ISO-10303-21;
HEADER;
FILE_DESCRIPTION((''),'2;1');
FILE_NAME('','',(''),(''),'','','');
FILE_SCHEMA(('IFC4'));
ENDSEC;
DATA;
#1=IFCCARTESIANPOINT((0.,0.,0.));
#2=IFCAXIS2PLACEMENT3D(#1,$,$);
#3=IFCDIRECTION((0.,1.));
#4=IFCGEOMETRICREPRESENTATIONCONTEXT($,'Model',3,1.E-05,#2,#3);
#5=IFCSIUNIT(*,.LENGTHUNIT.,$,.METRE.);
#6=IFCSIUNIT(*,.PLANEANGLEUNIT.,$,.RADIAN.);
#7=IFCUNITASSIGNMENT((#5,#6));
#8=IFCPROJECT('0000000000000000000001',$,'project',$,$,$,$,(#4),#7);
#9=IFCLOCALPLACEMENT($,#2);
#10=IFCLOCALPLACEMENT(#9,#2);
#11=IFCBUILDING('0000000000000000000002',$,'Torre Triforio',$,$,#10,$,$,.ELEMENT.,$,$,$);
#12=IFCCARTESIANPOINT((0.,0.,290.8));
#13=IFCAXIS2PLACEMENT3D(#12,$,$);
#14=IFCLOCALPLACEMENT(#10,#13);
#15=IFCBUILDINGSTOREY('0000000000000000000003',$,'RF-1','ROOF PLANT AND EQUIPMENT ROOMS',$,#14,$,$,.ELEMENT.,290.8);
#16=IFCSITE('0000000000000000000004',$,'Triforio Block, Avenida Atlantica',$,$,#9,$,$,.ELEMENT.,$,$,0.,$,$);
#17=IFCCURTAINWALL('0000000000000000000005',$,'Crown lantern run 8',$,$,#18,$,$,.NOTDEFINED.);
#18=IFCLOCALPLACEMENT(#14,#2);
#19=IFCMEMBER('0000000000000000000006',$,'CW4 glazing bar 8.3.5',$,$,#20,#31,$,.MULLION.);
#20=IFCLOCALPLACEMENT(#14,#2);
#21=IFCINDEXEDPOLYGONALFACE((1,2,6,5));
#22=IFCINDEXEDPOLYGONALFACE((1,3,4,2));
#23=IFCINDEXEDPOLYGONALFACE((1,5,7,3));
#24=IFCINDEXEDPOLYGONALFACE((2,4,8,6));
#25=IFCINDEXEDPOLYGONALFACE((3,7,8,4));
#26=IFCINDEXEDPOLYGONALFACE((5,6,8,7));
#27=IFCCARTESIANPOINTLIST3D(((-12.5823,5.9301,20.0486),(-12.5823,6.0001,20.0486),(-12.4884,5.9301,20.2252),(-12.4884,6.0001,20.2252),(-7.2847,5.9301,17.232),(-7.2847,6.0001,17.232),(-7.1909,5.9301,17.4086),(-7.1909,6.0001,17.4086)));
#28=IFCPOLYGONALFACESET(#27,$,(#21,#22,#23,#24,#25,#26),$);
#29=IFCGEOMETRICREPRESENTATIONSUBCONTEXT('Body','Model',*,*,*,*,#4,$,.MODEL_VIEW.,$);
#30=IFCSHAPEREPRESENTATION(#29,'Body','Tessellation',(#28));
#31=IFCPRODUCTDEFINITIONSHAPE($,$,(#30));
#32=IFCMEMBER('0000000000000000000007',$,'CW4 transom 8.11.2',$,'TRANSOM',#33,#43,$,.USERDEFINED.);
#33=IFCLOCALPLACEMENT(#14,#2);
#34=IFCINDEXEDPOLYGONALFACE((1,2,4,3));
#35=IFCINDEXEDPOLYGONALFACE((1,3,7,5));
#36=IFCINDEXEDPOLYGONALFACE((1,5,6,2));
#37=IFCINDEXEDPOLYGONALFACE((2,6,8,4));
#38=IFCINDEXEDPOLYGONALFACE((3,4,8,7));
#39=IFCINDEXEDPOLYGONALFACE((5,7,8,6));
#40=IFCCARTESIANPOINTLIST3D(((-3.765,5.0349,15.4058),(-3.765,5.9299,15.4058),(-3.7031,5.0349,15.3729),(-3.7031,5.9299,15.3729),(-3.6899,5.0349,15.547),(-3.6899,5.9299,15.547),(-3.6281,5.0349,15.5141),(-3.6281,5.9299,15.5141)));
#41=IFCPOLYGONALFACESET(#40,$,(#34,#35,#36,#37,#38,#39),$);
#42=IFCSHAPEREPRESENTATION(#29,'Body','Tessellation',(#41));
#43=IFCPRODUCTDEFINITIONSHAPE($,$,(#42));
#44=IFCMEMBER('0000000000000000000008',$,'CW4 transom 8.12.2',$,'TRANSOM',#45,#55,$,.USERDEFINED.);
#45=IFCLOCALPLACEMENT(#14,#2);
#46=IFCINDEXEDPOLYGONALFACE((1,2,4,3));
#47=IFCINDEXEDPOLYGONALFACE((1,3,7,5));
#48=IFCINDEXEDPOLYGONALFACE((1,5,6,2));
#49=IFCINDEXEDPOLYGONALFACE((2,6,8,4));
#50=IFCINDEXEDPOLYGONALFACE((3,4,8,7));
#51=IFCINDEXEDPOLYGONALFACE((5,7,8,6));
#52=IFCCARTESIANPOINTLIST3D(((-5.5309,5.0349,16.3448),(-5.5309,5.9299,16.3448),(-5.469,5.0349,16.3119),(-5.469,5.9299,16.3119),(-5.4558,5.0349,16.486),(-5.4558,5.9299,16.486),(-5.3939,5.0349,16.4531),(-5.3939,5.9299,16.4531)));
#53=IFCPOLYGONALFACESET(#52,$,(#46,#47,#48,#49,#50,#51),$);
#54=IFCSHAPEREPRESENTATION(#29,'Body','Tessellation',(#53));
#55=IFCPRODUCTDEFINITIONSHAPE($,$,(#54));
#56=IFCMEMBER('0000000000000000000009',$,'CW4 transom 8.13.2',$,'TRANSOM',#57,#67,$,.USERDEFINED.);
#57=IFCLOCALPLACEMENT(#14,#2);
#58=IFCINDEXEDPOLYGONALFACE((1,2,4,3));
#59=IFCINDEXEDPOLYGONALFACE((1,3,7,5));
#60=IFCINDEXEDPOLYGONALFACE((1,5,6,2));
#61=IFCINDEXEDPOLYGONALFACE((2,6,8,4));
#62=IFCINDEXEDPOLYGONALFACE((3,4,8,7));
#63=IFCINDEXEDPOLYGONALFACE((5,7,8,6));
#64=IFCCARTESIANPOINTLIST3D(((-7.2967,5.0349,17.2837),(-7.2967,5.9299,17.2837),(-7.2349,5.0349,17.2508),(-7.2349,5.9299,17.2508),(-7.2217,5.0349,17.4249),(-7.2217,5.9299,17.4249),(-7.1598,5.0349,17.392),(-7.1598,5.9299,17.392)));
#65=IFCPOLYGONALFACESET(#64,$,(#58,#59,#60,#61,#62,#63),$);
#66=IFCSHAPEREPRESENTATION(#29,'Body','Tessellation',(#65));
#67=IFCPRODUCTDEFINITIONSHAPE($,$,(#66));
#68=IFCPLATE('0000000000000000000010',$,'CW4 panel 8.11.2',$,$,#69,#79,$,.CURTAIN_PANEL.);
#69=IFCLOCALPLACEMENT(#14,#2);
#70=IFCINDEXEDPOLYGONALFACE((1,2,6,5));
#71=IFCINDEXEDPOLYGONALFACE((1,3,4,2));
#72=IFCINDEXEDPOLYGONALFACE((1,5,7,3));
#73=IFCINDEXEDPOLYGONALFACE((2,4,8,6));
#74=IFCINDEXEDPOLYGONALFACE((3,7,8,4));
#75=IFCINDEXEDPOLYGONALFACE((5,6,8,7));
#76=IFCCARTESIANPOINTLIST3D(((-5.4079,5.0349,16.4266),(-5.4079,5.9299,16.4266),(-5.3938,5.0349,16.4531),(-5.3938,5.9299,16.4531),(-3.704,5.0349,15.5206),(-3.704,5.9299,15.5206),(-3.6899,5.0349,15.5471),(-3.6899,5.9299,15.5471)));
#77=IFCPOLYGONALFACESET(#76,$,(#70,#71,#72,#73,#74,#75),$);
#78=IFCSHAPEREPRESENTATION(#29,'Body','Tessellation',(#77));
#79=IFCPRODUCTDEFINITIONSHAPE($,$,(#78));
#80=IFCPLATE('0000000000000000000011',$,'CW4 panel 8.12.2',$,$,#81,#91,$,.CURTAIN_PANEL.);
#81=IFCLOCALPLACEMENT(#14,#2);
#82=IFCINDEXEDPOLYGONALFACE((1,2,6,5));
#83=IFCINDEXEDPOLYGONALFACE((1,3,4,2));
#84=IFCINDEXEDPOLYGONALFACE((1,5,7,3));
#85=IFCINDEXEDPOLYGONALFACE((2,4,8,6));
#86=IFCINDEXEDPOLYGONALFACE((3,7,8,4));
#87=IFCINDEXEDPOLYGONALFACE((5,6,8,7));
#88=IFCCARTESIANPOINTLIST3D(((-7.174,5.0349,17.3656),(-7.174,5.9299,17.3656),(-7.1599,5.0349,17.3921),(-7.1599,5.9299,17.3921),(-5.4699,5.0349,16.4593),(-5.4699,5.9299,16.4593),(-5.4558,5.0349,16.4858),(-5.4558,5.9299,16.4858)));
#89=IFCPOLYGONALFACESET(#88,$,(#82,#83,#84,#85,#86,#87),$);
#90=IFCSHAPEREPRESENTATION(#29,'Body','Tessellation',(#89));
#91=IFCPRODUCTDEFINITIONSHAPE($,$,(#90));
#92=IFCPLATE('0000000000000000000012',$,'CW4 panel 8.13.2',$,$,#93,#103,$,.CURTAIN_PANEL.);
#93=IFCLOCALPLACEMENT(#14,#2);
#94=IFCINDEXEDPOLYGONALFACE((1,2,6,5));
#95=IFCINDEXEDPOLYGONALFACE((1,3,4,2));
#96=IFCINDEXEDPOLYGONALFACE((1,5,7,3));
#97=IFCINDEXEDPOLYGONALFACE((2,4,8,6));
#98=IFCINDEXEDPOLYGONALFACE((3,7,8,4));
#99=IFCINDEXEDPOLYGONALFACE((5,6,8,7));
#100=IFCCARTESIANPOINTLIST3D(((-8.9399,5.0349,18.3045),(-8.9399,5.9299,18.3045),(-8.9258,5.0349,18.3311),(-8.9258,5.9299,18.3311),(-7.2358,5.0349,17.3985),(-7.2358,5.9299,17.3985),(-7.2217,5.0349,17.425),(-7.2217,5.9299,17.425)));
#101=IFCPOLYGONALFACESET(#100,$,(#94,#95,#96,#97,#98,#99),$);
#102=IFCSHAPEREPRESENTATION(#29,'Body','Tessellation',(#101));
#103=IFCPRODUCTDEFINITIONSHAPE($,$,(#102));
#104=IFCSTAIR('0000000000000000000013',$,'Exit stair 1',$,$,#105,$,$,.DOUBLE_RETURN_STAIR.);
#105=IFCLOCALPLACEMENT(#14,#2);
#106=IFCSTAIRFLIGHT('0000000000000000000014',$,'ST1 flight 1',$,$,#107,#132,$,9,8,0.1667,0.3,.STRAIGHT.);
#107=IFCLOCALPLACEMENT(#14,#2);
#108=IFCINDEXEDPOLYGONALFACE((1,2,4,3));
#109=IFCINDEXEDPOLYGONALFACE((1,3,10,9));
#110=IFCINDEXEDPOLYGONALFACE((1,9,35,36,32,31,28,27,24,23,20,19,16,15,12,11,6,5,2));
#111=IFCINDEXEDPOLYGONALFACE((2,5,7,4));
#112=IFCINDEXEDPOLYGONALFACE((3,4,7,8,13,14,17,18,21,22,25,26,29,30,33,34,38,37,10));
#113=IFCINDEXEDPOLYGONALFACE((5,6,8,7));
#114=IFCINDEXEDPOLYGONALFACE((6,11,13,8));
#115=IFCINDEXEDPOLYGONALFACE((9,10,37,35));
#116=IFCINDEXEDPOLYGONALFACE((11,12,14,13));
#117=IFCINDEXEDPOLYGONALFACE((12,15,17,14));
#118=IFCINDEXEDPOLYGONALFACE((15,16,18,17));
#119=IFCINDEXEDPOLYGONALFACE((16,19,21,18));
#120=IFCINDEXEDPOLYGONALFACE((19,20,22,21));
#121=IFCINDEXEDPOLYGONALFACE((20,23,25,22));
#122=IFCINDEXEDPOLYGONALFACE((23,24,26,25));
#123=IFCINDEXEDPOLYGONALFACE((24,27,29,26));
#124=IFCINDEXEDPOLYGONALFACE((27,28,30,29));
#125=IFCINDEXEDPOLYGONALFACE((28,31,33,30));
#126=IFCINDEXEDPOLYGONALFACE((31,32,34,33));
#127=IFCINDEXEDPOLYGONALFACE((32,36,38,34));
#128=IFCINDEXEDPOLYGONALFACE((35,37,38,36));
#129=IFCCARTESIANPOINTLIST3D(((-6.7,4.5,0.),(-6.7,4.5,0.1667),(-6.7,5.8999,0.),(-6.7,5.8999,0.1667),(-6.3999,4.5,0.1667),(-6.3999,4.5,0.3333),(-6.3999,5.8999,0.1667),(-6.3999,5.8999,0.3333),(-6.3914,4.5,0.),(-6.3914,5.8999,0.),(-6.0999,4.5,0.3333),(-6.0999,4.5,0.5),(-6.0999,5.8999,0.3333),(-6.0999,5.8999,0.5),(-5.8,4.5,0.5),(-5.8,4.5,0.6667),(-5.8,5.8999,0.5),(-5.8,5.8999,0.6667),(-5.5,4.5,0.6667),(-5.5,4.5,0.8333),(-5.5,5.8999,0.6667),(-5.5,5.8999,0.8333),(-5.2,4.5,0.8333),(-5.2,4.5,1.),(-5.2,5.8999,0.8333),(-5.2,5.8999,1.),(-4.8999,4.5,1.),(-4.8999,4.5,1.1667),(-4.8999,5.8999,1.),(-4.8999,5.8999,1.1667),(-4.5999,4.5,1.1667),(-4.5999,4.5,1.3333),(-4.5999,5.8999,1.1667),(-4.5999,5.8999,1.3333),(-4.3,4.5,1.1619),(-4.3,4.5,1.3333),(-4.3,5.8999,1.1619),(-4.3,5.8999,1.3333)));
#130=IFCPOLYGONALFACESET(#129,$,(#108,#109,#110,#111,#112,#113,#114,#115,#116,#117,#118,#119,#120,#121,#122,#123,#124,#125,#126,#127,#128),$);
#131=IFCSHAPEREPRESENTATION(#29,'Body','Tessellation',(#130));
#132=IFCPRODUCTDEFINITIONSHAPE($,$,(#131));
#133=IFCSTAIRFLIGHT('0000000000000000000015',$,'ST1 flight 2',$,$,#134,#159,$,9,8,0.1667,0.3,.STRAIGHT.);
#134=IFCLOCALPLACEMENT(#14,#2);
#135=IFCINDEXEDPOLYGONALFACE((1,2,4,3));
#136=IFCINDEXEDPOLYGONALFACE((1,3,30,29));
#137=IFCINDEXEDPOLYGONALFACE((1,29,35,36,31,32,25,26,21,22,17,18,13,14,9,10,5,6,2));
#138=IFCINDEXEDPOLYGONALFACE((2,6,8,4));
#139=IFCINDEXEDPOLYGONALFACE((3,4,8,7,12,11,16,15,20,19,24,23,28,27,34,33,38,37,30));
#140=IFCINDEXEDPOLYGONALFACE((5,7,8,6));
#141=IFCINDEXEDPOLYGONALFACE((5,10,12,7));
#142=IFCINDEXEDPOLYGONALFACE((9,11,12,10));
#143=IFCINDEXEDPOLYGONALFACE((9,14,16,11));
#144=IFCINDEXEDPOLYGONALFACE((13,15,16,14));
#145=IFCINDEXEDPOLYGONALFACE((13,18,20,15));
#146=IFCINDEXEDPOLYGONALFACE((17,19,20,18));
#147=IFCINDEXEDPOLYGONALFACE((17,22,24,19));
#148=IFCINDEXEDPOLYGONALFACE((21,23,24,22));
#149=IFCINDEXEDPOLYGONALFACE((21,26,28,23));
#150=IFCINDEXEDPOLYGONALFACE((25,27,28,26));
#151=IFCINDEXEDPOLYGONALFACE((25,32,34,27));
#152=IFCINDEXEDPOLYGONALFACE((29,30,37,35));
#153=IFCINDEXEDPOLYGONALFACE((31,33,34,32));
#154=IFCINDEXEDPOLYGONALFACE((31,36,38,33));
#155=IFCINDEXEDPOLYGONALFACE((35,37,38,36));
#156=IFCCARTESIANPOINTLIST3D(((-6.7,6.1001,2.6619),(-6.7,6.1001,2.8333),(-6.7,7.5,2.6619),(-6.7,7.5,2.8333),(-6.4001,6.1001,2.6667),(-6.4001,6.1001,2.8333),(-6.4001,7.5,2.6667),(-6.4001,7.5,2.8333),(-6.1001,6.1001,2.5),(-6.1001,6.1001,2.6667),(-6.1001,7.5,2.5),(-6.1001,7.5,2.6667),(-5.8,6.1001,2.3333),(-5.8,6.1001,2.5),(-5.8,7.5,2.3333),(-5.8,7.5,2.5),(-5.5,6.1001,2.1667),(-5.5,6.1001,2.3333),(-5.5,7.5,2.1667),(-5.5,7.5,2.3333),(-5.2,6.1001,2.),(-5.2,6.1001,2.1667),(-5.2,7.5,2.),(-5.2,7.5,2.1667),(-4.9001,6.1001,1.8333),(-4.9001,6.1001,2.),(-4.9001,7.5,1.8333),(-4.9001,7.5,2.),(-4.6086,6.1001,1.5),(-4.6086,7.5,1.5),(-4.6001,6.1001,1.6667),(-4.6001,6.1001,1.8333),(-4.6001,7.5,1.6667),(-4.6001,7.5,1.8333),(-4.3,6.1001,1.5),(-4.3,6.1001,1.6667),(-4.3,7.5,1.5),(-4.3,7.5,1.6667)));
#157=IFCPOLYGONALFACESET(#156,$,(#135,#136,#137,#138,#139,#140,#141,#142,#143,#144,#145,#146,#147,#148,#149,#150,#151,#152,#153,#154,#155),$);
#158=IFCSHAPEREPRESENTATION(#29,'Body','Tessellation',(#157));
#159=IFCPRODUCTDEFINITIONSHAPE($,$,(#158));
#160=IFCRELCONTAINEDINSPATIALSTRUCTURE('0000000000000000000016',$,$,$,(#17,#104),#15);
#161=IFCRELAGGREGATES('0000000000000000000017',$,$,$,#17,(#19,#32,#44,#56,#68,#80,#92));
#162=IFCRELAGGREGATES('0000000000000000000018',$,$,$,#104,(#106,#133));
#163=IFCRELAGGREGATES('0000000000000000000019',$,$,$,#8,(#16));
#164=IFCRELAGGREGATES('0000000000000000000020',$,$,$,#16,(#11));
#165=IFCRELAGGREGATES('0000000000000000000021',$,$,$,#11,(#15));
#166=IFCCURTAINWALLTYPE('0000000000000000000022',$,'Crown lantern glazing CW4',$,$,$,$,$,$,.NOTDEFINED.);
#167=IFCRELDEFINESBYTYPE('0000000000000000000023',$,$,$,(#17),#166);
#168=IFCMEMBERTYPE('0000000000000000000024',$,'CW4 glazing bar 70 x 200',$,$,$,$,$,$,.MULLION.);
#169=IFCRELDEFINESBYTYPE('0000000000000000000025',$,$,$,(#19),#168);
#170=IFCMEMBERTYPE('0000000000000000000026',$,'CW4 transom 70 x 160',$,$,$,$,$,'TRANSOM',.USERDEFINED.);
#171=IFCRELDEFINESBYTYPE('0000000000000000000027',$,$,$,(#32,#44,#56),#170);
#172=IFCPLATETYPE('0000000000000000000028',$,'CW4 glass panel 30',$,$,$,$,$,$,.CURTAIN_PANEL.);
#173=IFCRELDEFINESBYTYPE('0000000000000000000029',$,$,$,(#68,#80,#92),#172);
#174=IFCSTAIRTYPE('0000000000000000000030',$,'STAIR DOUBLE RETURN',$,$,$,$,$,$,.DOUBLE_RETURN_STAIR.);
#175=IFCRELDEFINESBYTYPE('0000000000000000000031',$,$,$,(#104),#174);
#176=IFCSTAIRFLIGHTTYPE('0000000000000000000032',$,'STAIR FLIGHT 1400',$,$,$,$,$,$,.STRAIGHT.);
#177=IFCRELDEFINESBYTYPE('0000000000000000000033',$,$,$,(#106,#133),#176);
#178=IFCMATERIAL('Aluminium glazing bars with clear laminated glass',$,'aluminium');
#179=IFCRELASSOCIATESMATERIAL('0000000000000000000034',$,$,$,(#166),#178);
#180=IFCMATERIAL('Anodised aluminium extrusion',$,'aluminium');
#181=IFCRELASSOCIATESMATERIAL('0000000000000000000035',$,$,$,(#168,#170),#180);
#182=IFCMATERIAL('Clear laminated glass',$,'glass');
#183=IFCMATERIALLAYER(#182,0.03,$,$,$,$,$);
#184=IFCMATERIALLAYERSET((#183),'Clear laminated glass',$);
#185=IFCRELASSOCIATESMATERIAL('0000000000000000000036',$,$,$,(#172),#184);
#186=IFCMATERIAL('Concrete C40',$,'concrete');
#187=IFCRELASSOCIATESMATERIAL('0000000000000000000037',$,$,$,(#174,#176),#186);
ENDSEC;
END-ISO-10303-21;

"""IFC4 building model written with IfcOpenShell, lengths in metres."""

from ifc_helpers import new_model, si_unit, direction, frame, origin, origin_2d, place, context, subcontext, project, spatial, polyline, rectangle, outline, extrude, material, layer, layer_set, material_profile, profile_set, type_object, element, aggregate, save


model = new_model("IFC4")

# Units and contexts
model_context = context("Model", 3, precision=1e-05, world=origin(), true_north=direction((0.0, 1.0)))
body_context = subcontext(model_context, "Body", "Model", "MODEL_VIEW")
ifc_project = project(units=[si_unit("LENGTHUNIT", "METRE"), si_unit("PLANEANGLEUNIT", "RADIAN")], contexts=[model_context])

# Site, building, storey
site_placement = place(None, origin())
site = spatial("IfcSite", under=ifc_project, at=site_placement, Name="Triforio Block, Avenida Atlantica", CompositionType="ELEMENT", RefElevation=0.0)
building_placement = place(site_placement, origin())
building = spatial("IfcBuilding", under=site, at=building_placement, Name="Torre Triforio", CompositionType="ELEMENT")
storey_placement = place(building_placement, frame((0.0, 0.0, 290.8)))
storey = spatial("IfcBuildingStorey", under=building, at=storey_placement, Name="RF-1", Description="ROOF PLANT AND EQUIPMENT ROOMS", CompositionType="ELEMENT", Elevation=290.8)

# Curtain wall, members, plates
ifc_material_1 = material(Name="Aluminium glazing bars with clear laminated glass", Category="aluminium")
curtain_wall_type = type_object("IfcCurtainWallType", Name="Crown lantern glazing CW4", PredefinedType="NOTDEFINED", material=ifc_material_1)
curtain_wall_placement = place(storey_placement, origin())
curtain_wall = element("IfcCurtainWall", 1, at=curtain_wall_placement, inside=storey, type_object=curtain_wall_type, Name="Crown lantern run 8", PredefinedType="NOTDEFINED")
ifc_material_2 = material(Name="Anodised aluminium extrusion", Category="aluminium")
ifc_material_profile_1 = material_profile(ifc_material_2, rectangle(XDim=0.0701, YDim=0.2, at=origin_2d()), Name="CW4 MULLION 70x200")
ifc_profile_set_1 = profile_set([ifc_material_profile_1], Name="Anodised aluminium extrusion")
member_type_1 = type_object("IfcMemberType", Name="CW4 glazing bar 70 x 200", PredefinedType="MULLION", material=ifc_profile_set_1)
member_1_placement = place(storey_placement, frame((-7.2378, 5.9651, 17.3203), z_axis=(-0.882957, 0.0, 0.469454), x_axis=(0.0, -1.0, 0.0)))
member_1 = element("IfcMember", 2, at=member_1_placement, type_object=member_type_1, Name="CW4 glazing bar 8.3.5", PredefinedType="MULLION", context=body_context, shape_type="SweptSolid", body=[
    extrude(rectangle(XDim=0.0701, YDim=0.2, at=origin_2d()), origin(), (0.0, 0.0, 1.0), 5.9998),
])
ifc_material_profile_2 = material_profile(ifc_material_2, rectangle(XDim=0.0701, YDim=0.1599, at=origin_2d()), Name="CW4 TRANSOM 70x160")
ifc_profile_set_2 = profile_set([ifc_material_profile_2], Name="Anodised aluminium extrusion")
member_type_2 = type_object("IfcMemberType", Name="CW4 transom 70 x 160", ElementType="TRANSOM", PredefinedType="USERDEFINED", material=ifc_profile_set_2)
member_2_placement = place(storey_placement, frame((-3.6965, 5.0349, 15.46), z_axis=(0.0, 1.0, 0.0), x_axis=(-0.882948, 0.0, 0.469472)))
member_2 = element("IfcMember", 3, at=member_2_placement, type_object=member_type_2, Name="CW4 transom 8.11.2", ObjectType="TRANSOM", PredefinedType="USERDEFINED", context=body_context, shape_type="SweptSolid", body=[
    extrude(rectangle(XDim=0.0701, YDim=0.1599, at=origin_2d()), origin(), (0.0, 0.0, 1.0), 0.895),
])
member_3_placement = place(storey_placement, frame((-5.4624, 5.0349, 16.3989), z_axis=(0.0, 1.0, 0.0), x_axis=(-0.882948, 0.0, 0.469472)))
member_3 = element("IfcMember", 4, at=member_3_placement, type_object=member_type_2, Name="CW4 transom 8.12.2", ObjectType="TRANSOM", PredefinedType="USERDEFINED", context=body_context, shape_type="SweptSolid", body=[
    extrude(rectangle(XDim=0.0701, YDim=0.1599, at=origin_2d()), origin(), (0.0, 0.0, 1.0), 0.895),
])
member_4_placement = place(storey_placement, frame((-7.2283, 5.0349, 17.3379), z_axis=(0.0, 1.0, 0.0), x_axis=(-0.882948, 0.0, 0.469472)))
member_4 = element("IfcMember", 5, at=member_4_placement, type_object=member_type_2, Name="CW4 transom 8.13.2", ObjectType="TRANSOM", PredefinedType="USERDEFINED", context=body_context, shape_type="SweptSolid", body=[
    extrude(rectangle(XDim=0.0701, YDim=0.1599, at=origin_2d()), origin(), (0.0, 0.0, 1.0), 0.895),
])
ifc_material_3 = material(Name="Clear laminated glass", Category="glass")
ifc_layer = layer(ifc_material_3, 0.03)
ifc_layer_set = layer_set([ifc_layer], Name="Clear laminated glass")
plate_type = type_object("IfcPlateType", Name="CW4 glass panel 30", PredefinedType="CURTAIN_PANEL", material=ifc_layer_set)
plate_1_placement = place(storey_placement, frame((-3.6899, 5.0349, 15.5471), z_axis=(0.469491, 0.0, 0.882937), x_axis=(0.0, 1.0, 0.0)))
plate_1 = element("IfcPlate", 6, at=plate_1_placement, type_object=plate_type, Name="CW4 panel 8.11.2", PredefinedType="CURTAIN_PANEL", context=body_context, shape_type="SweptSolid", body=[
    extrude(outline(polyline([(0.0, 0.0), (0.895, 0.0), (0.895, 1.9298), (0.0, 1.9298), (0.0, 0.0)])), origin(), (0.0, 0.0, -1.0), 0.03),
])
plate_2_placement = place(storey_placement, frame((-5.4558, 5.0349, 16.4858), z_axis=(0.469537, 0.0, 0.882913), x_axis=(0.0, 1.0, 0.0)))
plate_2 = element("IfcPlate", 7, at=plate_2_placement, type_object=plate_type, Name="CW4 panel 8.12.2", PredefinedType="CURTAIN_PANEL", context=body_context, shape_type="SweptSolid", body=[
    extrude(outline(polyline([(0.0, 0.0), (0.895, 0.0), (0.895, 1.9301), (0.0, 1.9301), (0.0, 0.0)])), origin(), (0.0, 0.0, -1.0), 0.03),
])
plate_3_placement = place(storey_placement, frame((-7.2217, 5.0349, 17.425), z_axis=(0.469439, 0.0, 0.882965), x_axis=(0.0, 1.0, 0.0)))
plate_3 = element("IfcPlate", 8, at=plate_3_placement, type_object=plate_type, Name="CW4 panel 8.13.2", PredefinedType="CURTAIN_PANEL", context=body_context, shape_type="SweptSolid", body=[
    extrude(outline(polyline([(0.0, 0.0), (0.895, 0.0), (0.895, 1.93), (0.0, 1.93), (0.0, 0.0)])), origin(), (0.0, 0.0, -1.0), 0.03),
])
aggregate(curtain_wall, [member_1, member_2, member_3, member_4, plate_1, plate_2, plate_3])

# Stair, stair flights
ifc_material_4 = material(Name="Concrete C40", Category="concrete")
stair_type = type_object("IfcStairType", Name="STAIR DOUBLE RETURN", PredefinedType="DOUBLE_RETURN_STAIR", material=ifc_material_4)
stair_placement = place(storey_placement, origin())
stair = element("IfcStair", 9, at=stair_placement, inside=storey, type_object=stair_type, Name="Exit stair 1", PredefinedType="DOUBLE_RETURN_STAIR")
stair_flight_type = type_object("IfcStairFlightType", Name="STAIR FLIGHT 1400", PredefinedType="STRAIGHT", material=ifc_material_4)
stair_flight_1_placement = place(storey_placement, frame((-6.7, 5.2, 0.0), z_axis=(0.0, 0.0, 1.0), x_axis=(1.0, 0.0, 0.0)))
stair_flight_1 = element("IfcStairFlight", 10, at=stair_flight_1_placement, type_object=stair_flight_type, Name="ST1 flight 1", NumberOfRisers=9, NumberOfTreads=8, PredefinedType="STRAIGHT", RiserHeight=0.1667, TreadLength=0.3, context=body_context, shape_type="SweptSolid", body=[
    extrude(outline(polyline([(0.0, 0.0), (0.0, 0.1667), (0.3, 0.1667), (0.3, 0.3333), (0.6001, 0.3333), (0.6001, 0.5), (0.8999, 0.5), (0.8999, 0.6667), (1.2, 0.6667), (1.2, 0.8333), (1.5, 0.8333), (1.5, 1.0), (1.8, 1.0), (1.8, 1.1667), (2.1001, 1.1667), (2.1001, 1.3333), (2.3999, 1.3333), (2.3999, 1.5), (2.3999, 1.1619), (0.3086, 0.0), (0.0, 0.0)])), frame((0.0, 0.7, 0.0), z_axis=(0.0, -1.0, 0.0), x_axis=(1.0, 0.0, 0.0)), (0.0, 0.0, 1.0), 1.3999),
])
stair_flight_2_placement = place(storey_placement, frame((-4.3, 6.8, 1.5), z_axis=(0.0, 0.0, 1.0), x_axis=(-1.0, 0.0, 0.0)))
stair_flight_2 = element("IfcStairFlight", 11, at=stair_flight_2_placement, type_object=stair_flight_type, Name="ST1 flight 2", NumberOfRisers=9, NumberOfTreads=8, PredefinedType="STRAIGHT", RiserHeight=0.1667, TreadLength=0.3, context=body_context, shape_type="SweptSolid", body=[
    extrude(outline(polyline([(0.0, 0.0), (0.0, 0.1667), (0.3, 0.1667), (0.3, 0.3333), (0.6001, 0.3333), (0.6001, 0.5), (0.8999, 0.5), (0.8999, 0.6667), (1.2, 0.6667), (1.2, 0.8333), (1.5, 0.8333), (1.5, 1.0), (1.8, 1.0), (1.8, 1.1667), (2.1001, 1.1667), (2.1001, 1.3333), (2.3999, 1.3333), (2.3999, 1.5), (2.3999, 1.1619), (0.3086, 0.0), (0.0, 0.0)])), frame((0.0, 0.7, 0.0), z_axis=(0.0, -1.0, 0.0), x_axis=(1.0, 0.0, 0.0)), (0.0, 0.0, 1.0), 1.3999),
])
aggregate(stair, [stair_flight_1, stair_flight_2])

save(model, "model.ifc")
